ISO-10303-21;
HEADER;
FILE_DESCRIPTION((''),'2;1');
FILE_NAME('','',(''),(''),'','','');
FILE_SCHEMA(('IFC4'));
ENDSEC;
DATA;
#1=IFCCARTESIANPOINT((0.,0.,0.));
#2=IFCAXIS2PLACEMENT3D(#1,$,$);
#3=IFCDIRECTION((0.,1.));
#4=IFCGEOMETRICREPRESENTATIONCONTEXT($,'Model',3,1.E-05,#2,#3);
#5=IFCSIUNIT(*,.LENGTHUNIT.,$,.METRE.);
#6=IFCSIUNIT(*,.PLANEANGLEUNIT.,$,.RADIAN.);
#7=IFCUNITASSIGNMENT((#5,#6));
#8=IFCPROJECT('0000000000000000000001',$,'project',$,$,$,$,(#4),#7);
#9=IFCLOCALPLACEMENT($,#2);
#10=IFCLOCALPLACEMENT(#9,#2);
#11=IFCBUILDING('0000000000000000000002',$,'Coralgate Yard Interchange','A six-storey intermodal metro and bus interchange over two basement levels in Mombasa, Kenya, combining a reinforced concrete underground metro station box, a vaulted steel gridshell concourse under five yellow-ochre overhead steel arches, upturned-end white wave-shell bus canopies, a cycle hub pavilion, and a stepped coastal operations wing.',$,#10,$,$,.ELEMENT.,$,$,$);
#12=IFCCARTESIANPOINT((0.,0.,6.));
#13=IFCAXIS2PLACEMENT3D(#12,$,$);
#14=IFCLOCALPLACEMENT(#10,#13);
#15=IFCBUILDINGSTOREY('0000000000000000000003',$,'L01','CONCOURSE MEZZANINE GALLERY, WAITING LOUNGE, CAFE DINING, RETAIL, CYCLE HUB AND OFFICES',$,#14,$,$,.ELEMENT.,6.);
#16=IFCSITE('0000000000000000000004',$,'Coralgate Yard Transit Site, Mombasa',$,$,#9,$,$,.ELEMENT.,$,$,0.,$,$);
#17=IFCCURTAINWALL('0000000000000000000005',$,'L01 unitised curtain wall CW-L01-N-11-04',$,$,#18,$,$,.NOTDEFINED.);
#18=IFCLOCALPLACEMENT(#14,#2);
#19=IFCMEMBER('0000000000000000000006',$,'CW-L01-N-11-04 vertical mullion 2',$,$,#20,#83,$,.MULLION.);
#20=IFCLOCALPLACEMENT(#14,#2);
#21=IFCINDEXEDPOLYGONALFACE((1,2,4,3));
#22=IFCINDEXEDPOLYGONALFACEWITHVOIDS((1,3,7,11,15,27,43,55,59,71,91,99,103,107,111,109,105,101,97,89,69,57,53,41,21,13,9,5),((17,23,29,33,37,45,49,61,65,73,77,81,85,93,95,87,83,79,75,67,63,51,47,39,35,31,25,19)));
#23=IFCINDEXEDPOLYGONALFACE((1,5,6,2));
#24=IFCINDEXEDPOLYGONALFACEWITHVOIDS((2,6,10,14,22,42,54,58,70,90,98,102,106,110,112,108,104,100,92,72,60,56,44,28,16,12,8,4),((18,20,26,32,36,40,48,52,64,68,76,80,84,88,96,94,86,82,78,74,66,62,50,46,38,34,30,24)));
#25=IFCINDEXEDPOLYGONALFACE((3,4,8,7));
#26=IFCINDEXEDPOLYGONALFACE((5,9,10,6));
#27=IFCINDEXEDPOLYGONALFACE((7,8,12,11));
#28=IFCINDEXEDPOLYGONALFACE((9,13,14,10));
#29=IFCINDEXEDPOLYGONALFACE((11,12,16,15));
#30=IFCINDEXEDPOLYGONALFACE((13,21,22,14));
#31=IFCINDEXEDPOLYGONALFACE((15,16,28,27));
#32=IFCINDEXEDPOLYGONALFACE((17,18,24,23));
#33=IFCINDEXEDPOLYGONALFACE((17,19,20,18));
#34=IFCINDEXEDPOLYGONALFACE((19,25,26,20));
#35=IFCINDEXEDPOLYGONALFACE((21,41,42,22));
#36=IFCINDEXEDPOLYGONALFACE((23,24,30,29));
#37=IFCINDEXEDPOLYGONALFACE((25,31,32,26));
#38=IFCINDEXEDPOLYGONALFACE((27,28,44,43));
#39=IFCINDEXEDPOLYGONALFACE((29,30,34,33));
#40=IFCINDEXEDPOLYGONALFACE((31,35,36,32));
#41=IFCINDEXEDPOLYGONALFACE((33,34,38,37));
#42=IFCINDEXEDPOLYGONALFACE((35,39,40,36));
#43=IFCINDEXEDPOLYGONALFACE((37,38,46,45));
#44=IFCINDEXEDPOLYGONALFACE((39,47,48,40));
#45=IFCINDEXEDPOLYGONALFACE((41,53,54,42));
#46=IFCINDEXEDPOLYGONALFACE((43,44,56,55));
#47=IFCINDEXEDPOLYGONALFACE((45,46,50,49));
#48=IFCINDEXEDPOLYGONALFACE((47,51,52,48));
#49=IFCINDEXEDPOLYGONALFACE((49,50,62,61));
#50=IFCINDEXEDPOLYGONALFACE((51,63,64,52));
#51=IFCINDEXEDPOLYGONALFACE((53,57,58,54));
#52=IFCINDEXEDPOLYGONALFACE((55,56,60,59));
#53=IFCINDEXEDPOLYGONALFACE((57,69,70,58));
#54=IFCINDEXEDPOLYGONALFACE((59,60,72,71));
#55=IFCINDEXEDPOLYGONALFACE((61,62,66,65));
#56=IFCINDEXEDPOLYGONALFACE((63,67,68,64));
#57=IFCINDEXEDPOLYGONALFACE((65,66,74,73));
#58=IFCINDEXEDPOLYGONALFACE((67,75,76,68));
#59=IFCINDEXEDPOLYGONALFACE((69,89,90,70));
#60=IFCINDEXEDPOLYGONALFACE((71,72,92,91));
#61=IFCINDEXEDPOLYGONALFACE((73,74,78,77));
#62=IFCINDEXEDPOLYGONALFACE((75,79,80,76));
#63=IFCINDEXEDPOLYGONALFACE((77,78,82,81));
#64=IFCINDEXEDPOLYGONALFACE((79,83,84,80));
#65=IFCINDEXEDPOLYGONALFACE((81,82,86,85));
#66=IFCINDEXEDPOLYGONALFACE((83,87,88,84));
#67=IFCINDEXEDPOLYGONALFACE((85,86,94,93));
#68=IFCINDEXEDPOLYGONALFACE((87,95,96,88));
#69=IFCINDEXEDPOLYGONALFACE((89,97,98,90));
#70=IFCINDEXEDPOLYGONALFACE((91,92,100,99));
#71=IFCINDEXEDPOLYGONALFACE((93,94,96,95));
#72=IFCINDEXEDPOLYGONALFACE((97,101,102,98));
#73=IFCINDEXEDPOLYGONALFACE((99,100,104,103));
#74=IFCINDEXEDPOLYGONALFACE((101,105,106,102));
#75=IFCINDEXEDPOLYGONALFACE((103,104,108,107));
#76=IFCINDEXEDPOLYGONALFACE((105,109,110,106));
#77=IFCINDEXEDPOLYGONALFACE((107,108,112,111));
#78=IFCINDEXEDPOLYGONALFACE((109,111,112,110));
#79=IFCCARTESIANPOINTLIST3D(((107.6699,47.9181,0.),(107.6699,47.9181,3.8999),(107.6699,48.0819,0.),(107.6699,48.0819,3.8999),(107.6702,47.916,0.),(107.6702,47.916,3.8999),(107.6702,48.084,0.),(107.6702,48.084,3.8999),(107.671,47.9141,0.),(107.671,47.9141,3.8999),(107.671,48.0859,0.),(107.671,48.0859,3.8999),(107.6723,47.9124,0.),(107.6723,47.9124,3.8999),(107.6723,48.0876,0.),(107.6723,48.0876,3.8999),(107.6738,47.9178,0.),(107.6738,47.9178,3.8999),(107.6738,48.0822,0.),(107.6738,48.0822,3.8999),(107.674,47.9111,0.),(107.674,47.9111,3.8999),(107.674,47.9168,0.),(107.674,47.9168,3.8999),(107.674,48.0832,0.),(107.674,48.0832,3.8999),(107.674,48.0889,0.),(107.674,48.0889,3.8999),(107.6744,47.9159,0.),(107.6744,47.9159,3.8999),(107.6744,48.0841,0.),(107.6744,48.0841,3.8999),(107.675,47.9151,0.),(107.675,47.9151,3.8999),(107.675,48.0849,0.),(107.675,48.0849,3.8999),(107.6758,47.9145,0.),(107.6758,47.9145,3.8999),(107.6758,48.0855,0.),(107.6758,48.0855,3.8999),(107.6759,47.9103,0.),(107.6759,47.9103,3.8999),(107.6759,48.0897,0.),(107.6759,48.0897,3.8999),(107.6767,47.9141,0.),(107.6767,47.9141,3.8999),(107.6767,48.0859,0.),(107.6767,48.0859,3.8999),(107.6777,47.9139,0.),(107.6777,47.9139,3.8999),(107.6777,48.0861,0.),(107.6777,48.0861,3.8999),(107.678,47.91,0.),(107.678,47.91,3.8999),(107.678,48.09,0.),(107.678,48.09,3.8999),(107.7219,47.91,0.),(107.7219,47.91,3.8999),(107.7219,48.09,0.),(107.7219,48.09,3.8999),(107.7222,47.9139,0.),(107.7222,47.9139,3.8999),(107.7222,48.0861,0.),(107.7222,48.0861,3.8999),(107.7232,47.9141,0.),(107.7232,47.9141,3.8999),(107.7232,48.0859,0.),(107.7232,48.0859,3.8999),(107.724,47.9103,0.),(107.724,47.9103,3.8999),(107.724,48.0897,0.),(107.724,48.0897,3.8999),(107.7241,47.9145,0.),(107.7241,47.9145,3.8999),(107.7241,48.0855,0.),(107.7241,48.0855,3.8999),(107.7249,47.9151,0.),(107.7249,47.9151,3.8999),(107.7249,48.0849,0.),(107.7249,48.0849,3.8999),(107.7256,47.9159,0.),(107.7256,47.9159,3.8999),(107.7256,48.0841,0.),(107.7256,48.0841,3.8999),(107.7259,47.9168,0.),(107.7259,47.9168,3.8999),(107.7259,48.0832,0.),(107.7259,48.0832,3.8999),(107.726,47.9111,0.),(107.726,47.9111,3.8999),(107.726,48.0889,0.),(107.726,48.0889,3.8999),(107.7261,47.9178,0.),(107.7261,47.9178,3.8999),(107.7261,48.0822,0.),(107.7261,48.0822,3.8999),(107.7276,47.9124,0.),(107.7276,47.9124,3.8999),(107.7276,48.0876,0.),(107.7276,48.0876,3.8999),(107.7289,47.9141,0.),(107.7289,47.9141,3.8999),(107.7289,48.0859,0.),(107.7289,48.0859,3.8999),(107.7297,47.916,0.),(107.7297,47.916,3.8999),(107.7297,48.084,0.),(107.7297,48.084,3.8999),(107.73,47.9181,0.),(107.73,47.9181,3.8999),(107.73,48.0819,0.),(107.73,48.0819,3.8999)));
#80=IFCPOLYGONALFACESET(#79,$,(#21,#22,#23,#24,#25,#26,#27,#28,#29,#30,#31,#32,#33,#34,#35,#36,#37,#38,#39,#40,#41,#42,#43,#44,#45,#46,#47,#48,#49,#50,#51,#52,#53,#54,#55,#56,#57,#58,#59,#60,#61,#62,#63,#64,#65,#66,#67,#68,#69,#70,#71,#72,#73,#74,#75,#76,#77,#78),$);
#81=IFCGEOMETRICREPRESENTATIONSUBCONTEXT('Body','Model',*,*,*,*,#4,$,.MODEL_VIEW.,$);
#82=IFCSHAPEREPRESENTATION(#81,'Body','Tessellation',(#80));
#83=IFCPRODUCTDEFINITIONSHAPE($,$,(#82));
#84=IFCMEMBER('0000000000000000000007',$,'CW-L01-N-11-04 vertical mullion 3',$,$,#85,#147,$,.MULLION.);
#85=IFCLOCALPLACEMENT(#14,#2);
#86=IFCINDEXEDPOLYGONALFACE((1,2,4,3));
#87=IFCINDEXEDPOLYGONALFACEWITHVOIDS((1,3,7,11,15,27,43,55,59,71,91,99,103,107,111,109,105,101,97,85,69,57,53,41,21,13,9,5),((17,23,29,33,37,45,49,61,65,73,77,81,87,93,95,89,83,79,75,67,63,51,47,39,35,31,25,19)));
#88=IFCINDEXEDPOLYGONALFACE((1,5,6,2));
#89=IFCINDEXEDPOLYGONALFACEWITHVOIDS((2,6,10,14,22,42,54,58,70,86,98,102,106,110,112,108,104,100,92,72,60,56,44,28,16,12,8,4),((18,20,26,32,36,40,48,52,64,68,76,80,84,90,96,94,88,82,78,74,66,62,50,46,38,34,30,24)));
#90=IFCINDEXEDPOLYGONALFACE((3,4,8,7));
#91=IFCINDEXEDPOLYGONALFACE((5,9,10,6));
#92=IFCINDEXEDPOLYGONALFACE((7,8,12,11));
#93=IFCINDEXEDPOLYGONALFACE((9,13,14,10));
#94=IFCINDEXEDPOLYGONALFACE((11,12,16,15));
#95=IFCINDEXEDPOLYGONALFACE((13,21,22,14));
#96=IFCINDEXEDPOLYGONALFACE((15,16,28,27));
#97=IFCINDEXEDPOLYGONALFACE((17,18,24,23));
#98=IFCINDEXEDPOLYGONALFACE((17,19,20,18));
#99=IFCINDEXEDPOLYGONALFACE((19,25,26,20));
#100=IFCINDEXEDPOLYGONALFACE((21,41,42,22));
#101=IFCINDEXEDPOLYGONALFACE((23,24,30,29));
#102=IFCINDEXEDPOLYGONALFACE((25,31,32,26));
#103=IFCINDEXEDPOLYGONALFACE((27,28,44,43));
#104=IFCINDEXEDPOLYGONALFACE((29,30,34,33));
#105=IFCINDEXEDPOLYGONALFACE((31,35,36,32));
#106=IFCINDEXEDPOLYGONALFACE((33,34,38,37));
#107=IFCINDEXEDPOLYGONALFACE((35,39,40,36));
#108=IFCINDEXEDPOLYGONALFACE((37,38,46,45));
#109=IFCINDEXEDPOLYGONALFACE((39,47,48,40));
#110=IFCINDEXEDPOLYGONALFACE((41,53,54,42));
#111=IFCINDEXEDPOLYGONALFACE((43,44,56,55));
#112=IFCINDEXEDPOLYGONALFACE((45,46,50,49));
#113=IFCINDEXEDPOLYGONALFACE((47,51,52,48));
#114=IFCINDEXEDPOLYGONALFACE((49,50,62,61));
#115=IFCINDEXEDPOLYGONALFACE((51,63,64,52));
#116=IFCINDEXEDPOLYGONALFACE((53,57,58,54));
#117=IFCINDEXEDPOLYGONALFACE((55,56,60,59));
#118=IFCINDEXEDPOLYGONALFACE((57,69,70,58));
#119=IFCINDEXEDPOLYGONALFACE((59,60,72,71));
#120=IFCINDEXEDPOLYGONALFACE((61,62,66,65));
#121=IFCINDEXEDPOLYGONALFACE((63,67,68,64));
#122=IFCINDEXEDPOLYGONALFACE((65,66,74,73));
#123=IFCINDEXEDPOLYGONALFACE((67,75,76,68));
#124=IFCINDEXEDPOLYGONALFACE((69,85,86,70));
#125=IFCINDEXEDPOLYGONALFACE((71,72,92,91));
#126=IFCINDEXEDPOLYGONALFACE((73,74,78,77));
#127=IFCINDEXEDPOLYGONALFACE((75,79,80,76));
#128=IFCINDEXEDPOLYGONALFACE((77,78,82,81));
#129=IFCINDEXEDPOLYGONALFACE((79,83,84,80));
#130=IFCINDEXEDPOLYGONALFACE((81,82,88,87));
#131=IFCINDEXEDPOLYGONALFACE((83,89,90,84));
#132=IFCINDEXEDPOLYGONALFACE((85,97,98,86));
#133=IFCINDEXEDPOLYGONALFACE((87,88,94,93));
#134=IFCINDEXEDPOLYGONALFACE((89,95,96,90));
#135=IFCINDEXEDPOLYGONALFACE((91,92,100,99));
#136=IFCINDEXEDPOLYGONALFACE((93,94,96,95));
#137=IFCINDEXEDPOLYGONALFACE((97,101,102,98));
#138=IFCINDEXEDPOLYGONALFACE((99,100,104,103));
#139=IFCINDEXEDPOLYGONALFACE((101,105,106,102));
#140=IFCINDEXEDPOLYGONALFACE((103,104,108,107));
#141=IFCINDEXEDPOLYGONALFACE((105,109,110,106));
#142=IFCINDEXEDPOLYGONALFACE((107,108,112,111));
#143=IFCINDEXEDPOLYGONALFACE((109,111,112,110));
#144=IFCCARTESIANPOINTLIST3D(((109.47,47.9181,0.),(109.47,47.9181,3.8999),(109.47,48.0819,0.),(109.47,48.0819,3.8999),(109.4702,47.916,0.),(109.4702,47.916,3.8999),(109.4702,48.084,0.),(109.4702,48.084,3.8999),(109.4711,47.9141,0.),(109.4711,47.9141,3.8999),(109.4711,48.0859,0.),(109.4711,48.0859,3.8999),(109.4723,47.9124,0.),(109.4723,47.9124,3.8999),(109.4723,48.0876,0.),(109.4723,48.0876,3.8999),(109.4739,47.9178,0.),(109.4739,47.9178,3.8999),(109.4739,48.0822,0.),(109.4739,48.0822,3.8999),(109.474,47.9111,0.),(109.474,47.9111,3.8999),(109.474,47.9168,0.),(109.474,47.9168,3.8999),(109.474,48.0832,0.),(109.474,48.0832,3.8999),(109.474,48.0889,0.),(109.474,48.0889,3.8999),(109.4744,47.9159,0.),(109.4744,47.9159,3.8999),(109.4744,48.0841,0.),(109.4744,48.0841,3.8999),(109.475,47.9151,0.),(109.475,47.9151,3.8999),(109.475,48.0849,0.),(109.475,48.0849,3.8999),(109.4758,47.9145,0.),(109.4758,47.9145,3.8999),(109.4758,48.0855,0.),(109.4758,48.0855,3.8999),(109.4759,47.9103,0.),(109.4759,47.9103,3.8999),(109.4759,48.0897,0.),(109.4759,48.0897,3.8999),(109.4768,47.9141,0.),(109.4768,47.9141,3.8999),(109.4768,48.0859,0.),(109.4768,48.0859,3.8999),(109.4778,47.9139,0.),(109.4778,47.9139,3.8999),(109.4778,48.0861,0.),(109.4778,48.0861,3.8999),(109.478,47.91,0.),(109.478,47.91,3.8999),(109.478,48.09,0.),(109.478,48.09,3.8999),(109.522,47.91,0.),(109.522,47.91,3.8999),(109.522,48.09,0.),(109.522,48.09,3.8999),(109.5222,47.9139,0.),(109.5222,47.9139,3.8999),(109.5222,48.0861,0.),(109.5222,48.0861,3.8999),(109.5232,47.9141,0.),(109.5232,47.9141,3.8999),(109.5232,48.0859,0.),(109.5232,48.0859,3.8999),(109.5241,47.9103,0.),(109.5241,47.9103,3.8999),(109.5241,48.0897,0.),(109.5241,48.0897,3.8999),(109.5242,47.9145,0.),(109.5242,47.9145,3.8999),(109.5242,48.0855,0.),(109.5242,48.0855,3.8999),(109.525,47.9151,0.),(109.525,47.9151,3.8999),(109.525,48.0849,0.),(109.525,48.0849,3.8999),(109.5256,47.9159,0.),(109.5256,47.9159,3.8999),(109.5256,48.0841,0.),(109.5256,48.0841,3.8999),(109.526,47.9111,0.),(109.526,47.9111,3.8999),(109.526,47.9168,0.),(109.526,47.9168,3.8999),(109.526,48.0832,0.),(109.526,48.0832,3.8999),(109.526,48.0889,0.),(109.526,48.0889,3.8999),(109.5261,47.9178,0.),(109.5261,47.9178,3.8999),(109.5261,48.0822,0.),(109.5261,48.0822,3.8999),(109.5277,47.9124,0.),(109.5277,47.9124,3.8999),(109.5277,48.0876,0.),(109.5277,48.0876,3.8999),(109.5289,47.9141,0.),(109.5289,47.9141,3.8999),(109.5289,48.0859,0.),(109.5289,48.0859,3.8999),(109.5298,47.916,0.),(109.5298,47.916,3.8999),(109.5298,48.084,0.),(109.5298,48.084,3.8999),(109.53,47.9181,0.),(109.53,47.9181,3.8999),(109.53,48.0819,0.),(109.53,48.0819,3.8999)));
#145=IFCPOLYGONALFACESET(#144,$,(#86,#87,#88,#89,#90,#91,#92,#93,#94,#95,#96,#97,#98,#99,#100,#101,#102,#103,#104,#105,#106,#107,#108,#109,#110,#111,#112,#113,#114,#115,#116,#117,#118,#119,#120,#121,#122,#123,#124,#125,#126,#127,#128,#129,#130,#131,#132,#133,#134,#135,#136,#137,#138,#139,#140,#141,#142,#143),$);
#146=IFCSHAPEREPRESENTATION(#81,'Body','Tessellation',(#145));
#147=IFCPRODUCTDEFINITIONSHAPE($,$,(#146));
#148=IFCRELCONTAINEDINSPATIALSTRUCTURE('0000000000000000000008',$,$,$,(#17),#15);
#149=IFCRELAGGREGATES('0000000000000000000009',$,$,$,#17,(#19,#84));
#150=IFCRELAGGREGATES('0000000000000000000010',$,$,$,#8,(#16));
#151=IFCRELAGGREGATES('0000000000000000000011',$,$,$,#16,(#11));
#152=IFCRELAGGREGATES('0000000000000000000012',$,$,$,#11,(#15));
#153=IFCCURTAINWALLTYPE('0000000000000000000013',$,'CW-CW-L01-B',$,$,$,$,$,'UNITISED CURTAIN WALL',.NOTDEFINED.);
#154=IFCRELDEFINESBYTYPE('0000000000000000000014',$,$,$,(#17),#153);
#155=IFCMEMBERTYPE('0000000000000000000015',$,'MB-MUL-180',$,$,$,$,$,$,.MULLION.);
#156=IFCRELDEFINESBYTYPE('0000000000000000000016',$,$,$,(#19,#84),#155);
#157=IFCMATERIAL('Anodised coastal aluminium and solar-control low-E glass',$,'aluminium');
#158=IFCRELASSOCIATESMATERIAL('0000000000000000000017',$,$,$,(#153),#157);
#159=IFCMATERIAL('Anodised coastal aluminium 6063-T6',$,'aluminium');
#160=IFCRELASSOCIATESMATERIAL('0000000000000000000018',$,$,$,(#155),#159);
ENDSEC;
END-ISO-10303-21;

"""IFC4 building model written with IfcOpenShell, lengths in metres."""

from ifc_helpers import new_model, si_unit, direction, frame, origin, origin_2d, place, context, subcontext, project, spatial, hollow_rectangle, extrude, material, material_profile, profile_set, type_object, element, aggregate, save


model = new_model("IFC4")

# Units and contexts
model_context = context("Model", 3, precision=1e-05, world=origin(), true_north=direction((0.0, 1.0)))
body_context = subcontext(model_context, "Body", "Model", "MODEL_VIEW")
ifc_project = project(units=[si_unit("LENGTHUNIT", "METRE"), si_unit("PLANEANGLEUNIT", "RADIAN")], contexts=[model_context])

# Site, building, storey
site_placement = place(None, origin())
site = spatial("IfcSite", under=ifc_project, at=site_placement, Name="Coralgate Yard Transit Site, Mombasa", CompositionType="ELEMENT", RefElevation=0.0)
building_placement = place(site_placement, origin())
building = spatial("IfcBuilding", under=site, at=building_placement, Name="Coralgate Yard Interchange", Description="A six-storey intermodal metro and bus interchange over two basement levels in Mombasa, Kenya, combining a reinforced concrete underground metro station box, a vaulted steel gridshell concourse under five yellow-ochre overhead steel arches, upturned-end white wave-shell bus canopies, a cycle hub pavilion, and a stepped coastal operations wing.", CompositionType="ELEMENT")
storey_placement = place(building_placement, frame((0.0, 0.0, 6.0)))
storey = spatial("IfcBuildingStorey", under=building, at=storey_placement, Name="L01", Description="CONCOURSE MEZZANINE GALLERY, WAITING LOUNGE, CAFE DINING, RETAIL, CYCLE HUB AND OFFICES", CompositionType="ELEMENT", Elevation=6.0)

# Curtain wall, members
ifc_material_1 = material(Name="Anodised coastal aluminium and solar-control low-E glass", Category="aluminium")
curtain_wall_type = type_object("IfcCurtainWallType", Name="CW-CW-L01-B", ElementType="UNITISED CURTAIN WALL", PredefinedType="NOTDEFINED", material=ifc_material_1)
ifc_material_2 = material(Name="Anodised coastal aluminium 6063-T6", Category="aluminium")
ifc_material_profile_1 = material_profile(ifc_material_2, hollow_rectangle(XDim=0.0601, YDim=0.1799, WallThickness=0.0039, InnerFilletRadius=0.0039, OuterFilletRadius=0.0081, at=origin_2d()), Name="ALU 60x180x4")
ifc_profile_set_1 = profile_set([ifc_material_profile_1], Name="Anodised coastal aluminium 6063-T6")
member_type_1 = type_object("IfcMemberType", Name="MB-MUL-180", PredefinedType="MULLION", material=ifc_profile_set_1)
curtain_wall_1_placement = place(storey_placement, origin())
curtain_wall_1 = element("IfcCurtainWall", 1, at=curtain_wall_1_placement, inside=storey, type_object=curtain_wall_type, Name="L01 unitised curtain wall CW-L01-N-11-04", PredefinedType="NOTDEFINED")
member_1_placement = place(storey_placement, frame((107.7, 48.0, 0.0), z_axis=(0.0, 0.0, 1.0), x_axis=(1.0, 0.0, 0.0)))
member_1 = element("IfcMember", 2, at=member_1_placement, type_object=member_type_1, Name="CW-L01-N-11-04 vertical mullion 2", PredefinedType="MULLION", context=body_context, shape_type="SweptSolid", body=[
    extrude(hollow_rectangle(XDim=0.0601, YDim=0.1799, WallThickness=0.0039, InnerFilletRadius=0.0039, OuterFilletRadius=0.0081, at=origin_2d()), origin(), (0.0, 0.0, 1.0), 3.8999),
])
member_2_placement = place(storey_placement, frame((109.5, 48.0, 0.0), z_axis=(0.0, 0.0, 1.0), x_axis=(1.0, 0.0, 0.0)))
member_2 = element("IfcMember", 3, at=member_2_placement, type_object=member_type_1, Name="CW-L01-N-11-04 vertical mullion 3", PredefinedType="MULLION", context=body_context, shape_type="SweptSolid", body=[
    extrude(hollow_rectangle(XDim=0.0601, YDim=0.1799, WallThickness=0.0039, InnerFilletRadius=0.0039, OuterFilletRadius=0.0081, at=origin_2d()), origin(), (0.0, 0.0, 1.0), 3.8999),
])

aggregate(curtain_wall_1, [member_1, member_2])

save(model, "model.ifc")
